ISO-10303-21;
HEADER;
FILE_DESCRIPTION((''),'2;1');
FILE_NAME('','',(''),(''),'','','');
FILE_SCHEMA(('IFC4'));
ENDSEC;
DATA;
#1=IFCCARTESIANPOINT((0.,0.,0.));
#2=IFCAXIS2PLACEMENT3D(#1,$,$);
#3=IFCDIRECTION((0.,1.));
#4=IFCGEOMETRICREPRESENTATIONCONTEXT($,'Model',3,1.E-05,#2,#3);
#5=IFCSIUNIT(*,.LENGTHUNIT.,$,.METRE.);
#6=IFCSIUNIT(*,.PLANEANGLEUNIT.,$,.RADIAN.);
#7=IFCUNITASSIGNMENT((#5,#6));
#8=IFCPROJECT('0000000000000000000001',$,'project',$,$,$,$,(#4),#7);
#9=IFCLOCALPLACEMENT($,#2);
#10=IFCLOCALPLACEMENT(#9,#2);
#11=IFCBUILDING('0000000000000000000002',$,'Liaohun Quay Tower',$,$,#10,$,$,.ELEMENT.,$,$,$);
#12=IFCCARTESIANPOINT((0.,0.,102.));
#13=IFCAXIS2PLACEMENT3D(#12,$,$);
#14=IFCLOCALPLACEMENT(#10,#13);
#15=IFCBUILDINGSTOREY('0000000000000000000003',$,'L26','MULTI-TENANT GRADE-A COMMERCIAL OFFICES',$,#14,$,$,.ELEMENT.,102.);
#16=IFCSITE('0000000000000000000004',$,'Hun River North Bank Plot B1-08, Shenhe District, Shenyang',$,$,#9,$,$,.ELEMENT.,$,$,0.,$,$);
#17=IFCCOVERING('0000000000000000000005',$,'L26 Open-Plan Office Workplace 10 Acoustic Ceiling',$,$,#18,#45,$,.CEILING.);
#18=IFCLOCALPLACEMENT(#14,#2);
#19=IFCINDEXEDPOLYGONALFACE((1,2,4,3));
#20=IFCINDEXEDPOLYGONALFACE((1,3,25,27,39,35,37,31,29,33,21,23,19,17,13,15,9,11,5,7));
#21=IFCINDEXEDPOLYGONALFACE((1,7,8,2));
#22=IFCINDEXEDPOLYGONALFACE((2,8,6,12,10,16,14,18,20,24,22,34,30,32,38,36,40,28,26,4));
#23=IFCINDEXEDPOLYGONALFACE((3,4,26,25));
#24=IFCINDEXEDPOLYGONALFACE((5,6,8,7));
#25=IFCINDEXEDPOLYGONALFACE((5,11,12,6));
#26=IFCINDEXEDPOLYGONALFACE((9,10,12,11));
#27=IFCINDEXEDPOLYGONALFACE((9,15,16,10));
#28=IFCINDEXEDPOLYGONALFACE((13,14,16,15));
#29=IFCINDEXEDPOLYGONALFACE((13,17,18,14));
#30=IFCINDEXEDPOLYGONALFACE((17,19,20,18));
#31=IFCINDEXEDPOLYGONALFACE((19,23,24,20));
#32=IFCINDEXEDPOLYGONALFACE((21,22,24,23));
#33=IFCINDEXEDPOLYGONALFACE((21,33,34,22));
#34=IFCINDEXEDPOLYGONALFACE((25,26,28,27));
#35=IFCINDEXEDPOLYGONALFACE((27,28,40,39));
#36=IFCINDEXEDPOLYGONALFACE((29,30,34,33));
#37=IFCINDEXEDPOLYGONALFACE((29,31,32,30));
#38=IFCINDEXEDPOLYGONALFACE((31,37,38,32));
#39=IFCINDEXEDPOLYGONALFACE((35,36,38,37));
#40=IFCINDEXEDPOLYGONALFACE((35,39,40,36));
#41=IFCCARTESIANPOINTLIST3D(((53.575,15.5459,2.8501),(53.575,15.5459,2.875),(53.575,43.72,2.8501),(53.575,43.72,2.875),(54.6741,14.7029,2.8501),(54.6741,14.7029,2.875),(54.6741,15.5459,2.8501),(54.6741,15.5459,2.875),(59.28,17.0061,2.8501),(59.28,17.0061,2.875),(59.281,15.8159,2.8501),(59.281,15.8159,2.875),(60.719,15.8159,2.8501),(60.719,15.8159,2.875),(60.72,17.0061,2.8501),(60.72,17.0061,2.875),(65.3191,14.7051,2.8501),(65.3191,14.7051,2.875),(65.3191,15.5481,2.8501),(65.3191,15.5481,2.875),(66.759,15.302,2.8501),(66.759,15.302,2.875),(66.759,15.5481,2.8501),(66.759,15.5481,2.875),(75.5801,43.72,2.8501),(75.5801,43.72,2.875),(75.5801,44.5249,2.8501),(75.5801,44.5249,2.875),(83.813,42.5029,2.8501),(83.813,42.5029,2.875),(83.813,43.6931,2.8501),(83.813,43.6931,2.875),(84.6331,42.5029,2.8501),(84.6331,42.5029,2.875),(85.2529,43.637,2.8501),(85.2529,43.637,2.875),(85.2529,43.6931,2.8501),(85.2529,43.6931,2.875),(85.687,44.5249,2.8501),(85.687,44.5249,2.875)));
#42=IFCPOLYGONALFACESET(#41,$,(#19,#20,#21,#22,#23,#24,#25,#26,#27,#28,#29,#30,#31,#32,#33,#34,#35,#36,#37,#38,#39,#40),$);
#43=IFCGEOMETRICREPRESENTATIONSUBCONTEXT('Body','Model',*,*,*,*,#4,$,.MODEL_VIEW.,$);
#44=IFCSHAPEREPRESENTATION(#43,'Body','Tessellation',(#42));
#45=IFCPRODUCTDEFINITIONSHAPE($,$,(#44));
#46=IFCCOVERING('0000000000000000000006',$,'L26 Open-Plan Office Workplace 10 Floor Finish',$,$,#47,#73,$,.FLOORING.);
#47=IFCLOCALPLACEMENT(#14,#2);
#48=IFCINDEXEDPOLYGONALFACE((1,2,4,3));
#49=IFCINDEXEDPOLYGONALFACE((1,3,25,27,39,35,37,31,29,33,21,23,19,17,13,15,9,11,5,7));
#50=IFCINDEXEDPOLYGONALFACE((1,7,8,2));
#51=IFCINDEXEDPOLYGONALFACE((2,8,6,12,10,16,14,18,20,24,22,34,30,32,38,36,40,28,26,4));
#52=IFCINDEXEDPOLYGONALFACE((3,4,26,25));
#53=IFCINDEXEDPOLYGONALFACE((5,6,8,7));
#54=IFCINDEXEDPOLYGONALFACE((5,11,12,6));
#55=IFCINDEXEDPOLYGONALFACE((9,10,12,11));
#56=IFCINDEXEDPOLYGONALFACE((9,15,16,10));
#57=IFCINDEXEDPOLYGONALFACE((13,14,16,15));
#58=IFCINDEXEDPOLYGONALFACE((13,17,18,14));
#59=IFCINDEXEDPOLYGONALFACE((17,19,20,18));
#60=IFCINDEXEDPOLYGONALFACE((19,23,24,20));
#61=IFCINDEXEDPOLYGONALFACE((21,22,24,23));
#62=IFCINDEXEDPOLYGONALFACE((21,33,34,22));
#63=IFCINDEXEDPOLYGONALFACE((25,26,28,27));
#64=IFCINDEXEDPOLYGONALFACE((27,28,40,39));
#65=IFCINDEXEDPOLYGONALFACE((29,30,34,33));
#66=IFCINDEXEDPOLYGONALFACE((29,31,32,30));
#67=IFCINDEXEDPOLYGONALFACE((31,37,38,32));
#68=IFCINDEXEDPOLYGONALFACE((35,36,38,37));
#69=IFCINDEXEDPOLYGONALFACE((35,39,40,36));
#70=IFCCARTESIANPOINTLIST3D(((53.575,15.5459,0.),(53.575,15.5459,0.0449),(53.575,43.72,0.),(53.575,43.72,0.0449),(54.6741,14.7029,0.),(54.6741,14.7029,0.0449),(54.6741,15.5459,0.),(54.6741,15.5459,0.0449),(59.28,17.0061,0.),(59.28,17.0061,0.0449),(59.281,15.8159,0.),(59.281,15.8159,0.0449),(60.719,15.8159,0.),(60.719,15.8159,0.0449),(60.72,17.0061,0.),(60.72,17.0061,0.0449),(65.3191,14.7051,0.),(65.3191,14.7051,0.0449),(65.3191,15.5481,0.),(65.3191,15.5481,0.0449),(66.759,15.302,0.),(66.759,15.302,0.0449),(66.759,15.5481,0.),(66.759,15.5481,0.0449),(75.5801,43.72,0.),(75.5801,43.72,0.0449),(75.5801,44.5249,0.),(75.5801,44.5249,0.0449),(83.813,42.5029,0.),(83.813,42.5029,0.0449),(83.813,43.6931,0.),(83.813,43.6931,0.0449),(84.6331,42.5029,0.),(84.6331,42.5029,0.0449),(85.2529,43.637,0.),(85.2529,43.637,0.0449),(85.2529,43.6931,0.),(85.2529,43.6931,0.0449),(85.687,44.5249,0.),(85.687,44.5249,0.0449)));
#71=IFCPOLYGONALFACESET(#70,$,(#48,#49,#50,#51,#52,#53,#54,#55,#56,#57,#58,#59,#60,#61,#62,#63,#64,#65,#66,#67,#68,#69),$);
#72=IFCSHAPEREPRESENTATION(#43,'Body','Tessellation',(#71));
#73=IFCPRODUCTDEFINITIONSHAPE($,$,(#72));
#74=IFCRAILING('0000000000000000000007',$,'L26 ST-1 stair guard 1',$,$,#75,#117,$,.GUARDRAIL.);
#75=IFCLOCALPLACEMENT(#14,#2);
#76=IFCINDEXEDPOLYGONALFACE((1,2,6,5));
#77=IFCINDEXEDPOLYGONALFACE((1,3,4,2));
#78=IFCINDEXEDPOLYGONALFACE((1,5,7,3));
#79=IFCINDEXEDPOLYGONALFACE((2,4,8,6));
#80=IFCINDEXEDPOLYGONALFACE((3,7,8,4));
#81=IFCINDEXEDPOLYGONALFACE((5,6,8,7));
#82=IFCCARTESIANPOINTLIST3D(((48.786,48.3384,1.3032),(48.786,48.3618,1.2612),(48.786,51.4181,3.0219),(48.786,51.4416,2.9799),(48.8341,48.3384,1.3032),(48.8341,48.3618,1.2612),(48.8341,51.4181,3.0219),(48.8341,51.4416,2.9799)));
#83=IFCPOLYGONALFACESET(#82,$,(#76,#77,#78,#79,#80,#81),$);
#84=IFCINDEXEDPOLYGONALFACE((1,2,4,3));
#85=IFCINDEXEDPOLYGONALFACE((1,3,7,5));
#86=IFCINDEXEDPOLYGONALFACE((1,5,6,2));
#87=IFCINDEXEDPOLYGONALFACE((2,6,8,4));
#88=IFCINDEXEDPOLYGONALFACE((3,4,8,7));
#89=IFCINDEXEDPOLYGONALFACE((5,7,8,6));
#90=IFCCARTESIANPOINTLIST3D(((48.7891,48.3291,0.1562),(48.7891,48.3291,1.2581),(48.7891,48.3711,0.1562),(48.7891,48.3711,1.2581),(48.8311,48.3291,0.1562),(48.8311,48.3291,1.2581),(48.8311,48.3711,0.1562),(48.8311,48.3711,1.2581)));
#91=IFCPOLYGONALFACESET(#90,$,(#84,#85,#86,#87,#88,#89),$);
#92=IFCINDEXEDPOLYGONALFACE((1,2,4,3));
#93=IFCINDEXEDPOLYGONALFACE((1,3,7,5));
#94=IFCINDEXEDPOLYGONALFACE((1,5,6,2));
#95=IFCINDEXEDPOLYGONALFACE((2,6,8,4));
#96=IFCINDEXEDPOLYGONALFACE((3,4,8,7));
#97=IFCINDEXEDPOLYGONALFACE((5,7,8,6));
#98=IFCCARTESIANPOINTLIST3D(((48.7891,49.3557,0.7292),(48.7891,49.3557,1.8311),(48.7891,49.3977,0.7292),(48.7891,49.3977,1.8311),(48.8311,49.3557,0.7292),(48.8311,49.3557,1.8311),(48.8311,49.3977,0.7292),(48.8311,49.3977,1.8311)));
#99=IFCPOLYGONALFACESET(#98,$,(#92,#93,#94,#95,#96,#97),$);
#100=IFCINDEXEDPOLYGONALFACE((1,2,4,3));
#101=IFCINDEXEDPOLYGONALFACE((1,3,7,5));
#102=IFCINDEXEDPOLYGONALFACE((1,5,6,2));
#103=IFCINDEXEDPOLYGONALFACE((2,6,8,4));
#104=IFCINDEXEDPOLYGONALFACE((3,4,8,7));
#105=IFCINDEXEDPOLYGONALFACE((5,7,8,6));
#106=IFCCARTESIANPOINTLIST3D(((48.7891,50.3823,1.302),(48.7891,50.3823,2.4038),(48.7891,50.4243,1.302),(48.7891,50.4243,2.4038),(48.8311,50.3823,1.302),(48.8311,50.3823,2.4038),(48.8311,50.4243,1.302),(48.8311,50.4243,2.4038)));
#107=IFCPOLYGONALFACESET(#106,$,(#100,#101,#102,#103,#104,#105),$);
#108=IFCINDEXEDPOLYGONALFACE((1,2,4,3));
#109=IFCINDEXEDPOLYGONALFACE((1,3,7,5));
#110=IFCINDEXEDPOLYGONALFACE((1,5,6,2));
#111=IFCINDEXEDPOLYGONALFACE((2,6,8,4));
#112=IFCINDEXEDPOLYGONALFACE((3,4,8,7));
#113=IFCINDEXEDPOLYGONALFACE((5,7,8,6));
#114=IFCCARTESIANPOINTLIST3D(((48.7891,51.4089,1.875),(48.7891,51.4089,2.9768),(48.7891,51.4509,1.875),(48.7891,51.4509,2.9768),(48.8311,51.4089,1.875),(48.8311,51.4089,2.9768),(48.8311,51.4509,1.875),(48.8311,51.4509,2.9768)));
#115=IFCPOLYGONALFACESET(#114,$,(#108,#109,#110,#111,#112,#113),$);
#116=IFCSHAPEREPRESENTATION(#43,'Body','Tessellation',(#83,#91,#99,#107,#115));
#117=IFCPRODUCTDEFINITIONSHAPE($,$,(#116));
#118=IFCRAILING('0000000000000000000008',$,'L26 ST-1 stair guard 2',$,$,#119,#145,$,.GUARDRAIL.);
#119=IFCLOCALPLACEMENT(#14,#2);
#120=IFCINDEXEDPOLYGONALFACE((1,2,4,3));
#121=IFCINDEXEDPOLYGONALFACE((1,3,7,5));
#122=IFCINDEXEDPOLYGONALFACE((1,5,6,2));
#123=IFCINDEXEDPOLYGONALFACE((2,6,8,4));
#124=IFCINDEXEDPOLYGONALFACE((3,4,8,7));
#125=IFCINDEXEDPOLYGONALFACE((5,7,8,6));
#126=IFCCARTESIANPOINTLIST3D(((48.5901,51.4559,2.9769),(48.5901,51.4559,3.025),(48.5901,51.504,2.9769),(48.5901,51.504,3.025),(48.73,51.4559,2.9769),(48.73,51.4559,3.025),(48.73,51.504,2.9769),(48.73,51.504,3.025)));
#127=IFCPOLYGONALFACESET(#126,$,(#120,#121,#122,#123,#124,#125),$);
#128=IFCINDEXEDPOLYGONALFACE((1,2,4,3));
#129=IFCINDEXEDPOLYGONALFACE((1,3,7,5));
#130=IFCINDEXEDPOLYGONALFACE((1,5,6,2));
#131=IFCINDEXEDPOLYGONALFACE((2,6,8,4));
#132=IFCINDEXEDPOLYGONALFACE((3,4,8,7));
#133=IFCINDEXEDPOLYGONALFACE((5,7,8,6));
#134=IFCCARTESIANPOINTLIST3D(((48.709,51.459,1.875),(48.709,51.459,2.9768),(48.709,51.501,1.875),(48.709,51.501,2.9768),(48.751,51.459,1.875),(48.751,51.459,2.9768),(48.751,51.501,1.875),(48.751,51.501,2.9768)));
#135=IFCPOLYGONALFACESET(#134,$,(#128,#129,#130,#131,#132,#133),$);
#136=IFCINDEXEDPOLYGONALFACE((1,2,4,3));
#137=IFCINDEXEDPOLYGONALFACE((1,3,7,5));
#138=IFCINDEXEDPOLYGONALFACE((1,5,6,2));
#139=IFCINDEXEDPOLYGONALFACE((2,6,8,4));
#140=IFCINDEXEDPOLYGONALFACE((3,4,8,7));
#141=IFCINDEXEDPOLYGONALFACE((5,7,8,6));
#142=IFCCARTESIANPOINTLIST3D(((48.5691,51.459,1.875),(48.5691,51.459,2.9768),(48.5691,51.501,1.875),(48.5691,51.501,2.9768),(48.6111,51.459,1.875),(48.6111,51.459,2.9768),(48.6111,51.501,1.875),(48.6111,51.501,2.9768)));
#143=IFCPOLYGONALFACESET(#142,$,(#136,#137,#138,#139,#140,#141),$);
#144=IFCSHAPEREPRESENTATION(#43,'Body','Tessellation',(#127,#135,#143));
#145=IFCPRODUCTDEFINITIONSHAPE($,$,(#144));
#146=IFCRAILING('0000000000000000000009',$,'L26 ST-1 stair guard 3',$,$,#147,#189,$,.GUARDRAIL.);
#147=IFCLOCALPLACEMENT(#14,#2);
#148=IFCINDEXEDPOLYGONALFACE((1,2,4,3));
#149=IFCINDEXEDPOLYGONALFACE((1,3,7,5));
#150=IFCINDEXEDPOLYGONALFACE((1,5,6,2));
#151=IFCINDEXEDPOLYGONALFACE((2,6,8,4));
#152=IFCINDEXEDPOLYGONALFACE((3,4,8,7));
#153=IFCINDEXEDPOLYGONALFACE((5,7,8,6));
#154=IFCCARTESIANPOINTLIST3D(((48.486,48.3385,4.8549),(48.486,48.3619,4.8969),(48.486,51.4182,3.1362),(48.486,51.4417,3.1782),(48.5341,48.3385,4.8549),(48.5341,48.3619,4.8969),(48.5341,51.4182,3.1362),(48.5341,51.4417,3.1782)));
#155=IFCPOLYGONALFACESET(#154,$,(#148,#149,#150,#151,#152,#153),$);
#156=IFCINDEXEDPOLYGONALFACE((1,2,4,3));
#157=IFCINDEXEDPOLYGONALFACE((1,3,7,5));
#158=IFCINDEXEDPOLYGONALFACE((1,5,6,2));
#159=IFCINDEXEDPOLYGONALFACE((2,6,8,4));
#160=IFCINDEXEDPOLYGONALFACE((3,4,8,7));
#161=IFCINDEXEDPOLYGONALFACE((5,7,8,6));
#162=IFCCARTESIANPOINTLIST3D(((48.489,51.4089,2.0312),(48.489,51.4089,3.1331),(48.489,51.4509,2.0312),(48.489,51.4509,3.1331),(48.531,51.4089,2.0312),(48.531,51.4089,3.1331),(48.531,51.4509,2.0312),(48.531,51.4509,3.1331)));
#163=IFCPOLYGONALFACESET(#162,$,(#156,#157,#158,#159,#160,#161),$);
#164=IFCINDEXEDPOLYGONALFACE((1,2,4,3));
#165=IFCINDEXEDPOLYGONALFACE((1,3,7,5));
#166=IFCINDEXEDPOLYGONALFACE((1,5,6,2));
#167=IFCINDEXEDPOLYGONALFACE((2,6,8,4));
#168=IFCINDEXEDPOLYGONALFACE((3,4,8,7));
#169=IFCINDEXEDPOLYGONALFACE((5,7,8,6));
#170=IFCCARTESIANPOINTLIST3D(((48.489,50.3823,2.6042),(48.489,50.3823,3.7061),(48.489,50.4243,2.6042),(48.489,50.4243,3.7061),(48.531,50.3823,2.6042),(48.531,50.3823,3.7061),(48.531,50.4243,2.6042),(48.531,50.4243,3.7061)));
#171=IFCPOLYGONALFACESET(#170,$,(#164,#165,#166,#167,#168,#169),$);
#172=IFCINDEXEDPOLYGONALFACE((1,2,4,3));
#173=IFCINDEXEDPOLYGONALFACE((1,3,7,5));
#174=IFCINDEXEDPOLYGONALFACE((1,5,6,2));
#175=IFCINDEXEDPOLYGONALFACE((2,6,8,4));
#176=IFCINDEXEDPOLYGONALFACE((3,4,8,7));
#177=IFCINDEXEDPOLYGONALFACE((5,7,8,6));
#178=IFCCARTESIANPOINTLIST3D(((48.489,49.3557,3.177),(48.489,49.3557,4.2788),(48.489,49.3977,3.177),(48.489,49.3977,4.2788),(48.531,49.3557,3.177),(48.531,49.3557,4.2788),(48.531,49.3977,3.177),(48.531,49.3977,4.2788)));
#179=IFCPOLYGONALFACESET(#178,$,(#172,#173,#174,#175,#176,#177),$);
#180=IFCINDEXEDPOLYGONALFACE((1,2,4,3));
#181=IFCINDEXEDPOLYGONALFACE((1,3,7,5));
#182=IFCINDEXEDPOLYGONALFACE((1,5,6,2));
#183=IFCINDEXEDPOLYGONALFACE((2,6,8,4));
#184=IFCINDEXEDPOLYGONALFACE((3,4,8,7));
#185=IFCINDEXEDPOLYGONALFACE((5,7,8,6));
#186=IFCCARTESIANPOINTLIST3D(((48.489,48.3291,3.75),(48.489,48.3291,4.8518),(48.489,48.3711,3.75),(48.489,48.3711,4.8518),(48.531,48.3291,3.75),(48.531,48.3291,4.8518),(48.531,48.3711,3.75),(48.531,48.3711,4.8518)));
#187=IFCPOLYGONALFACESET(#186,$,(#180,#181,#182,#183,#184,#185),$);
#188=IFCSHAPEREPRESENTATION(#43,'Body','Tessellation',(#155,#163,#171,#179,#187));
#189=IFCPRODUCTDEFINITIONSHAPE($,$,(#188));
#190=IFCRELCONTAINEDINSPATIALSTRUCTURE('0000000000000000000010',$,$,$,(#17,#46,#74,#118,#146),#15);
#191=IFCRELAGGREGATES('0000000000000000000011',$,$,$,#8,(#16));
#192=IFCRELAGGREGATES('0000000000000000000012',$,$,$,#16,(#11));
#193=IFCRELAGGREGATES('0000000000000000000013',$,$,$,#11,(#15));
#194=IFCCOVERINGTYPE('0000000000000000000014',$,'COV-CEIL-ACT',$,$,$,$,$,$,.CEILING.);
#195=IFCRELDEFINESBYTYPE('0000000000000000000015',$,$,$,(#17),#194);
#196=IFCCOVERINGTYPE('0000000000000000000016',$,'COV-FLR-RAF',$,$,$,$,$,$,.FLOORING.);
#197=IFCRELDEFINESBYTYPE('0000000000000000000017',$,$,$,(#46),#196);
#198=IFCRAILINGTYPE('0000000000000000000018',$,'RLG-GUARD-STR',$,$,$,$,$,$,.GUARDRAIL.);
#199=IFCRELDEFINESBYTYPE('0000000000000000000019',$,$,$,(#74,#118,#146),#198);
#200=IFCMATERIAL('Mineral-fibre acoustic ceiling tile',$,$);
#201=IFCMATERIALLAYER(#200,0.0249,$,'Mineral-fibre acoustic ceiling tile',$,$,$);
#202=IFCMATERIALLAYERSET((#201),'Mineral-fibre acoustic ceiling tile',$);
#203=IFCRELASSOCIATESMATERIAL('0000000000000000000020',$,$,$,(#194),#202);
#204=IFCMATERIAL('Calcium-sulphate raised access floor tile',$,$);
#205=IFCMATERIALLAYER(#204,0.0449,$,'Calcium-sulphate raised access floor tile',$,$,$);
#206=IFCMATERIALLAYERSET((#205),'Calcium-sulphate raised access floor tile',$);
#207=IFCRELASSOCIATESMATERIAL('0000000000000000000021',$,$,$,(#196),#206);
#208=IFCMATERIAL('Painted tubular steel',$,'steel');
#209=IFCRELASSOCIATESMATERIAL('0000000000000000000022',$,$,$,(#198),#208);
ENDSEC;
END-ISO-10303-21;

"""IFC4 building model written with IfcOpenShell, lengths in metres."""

from ifc_helpers import new_model, si_unit, direction, frame, origin, origin_2d, place, context, subcontext, project, spatial, polyline, rectangle, outline, extrude, material, layer, layer_set, type_object, element, save


model = new_model("IFC4")

# Units and contexts
model_context = context("Model", 3, precision=1e-05, world=origin(), true_north=direction((0.0, 1.0)))
body_context = subcontext(model_context, "Body", "Model", "MODEL_VIEW")
ifc_project = project(units=[si_unit("LENGTHUNIT", "METRE"), si_unit("PLANEANGLEUNIT", "RADIAN")], contexts=[model_context])

# Site, building, storey
site_placement = place(None, origin())
site = spatial("IfcSite", under=ifc_project, at=site_placement, Name="Hun River North Bank Plot B1-08, Shenhe District, Shenyang", CompositionType="ELEMENT", RefElevation=0.0)
building_placement = place(site_placement, origin())
building = spatial("IfcBuilding", under=site, at=building_placement, Name="Liaohun Quay Tower", CompositionType="ELEMENT")
storey_placement = place(building_placement, frame((0.0, 0.0, 102.0)))
storey = spatial("IfcBuildingStorey", under=building, at=storey_placement, Name="L26", Description="MULTI-TENANT GRADE-A COMMERCIAL OFFICES", CompositionType="ELEMENT", Elevation=102.0)

# Coverings
ifc_material_1 = material(Name="Mineral-fibre acoustic ceiling tile")
ifc_layer_1 = layer(ifc_material_1, 0.0249, Name="Mineral-fibre acoustic ceiling tile")
ifc_layer_set_1 = layer_set([ifc_layer_1], Name="Mineral-fibre acoustic ceiling tile")
covering_type_1 = type_object("IfcCoveringType", Name="COV-CEIL-ACT", PredefinedType="CEILING", material=ifc_layer_set_1)
covering_1_placement = place(storey_placement, frame((0.0, 0.0, 2.8501)))
element("IfcCovering", 1, at=covering_1_placement, inside=storey, type_object=covering_type_1, Name="L26 Open-Plan Office Workplace 10 Acoustic Ceiling", PredefinedType="CEILING", context=body_context, shape_type="SweptSolid", body=[
    extrude(outline(polyline([(75.5801, 43.72), (53.575, 43.72), (53.575, 15.5459), (54.6741, 15.5459), (54.6741, 14.7029), (59.281, 15.8159), (59.28, 17.0061), (60.72, 17.0061), (60.719, 15.8159), (65.3191, 14.7051), (65.3191, 15.5481), (66.759, 15.5481), (66.759, 15.302), (84.6331, 42.5029), (83.813, 42.5029), (83.813, 43.6931), (85.2529, 43.6931), (85.2529, 43.637), (85.687, 44.5249), (75.5801, 44.5249), (75.5801, 43.72)])), origin(), (0.0, 0.0, 1.0), 0.0249),
])
ifc_material_2 = material(Name="Calcium-sulphate raised access floor tile")
ifc_layer_2 = layer(ifc_material_2, 0.0449, Name="Calcium-sulphate raised access floor tile")
ifc_layer_set_2 = layer_set([ifc_layer_2], Name="Calcium-sulphate raised access floor tile")
covering_type_2 = type_object("IfcCoveringType", Name="COV-FLR-RAF", PredefinedType="FLOORING", material=ifc_layer_set_2)
covering_2_placement = place(storey_placement, origin())
element("IfcCovering", 2, at=covering_2_placement, inside=storey, type_object=covering_type_2, Name="L26 Open-Plan Office Workplace 10 Floor Finish", PredefinedType="FLOORING", context=body_context, shape_type="SweptSolid", body=[
    extrude(outline(polyline([(75.5801, 43.72), (53.575, 43.72), (53.575, 15.5459), (54.6741, 15.5459), (54.6741, 14.7029), (59.281, 15.8159), (59.28, 17.0061), (60.72, 17.0061), (60.719, 15.8159), (65.3191, 14.7051), (65.3191, 15.5481), (66.759, 15.5481), (66.759, 15.302), (84.6331, 42.5029), (83.813, 42.5029), (83.813, 43.6931), (85.2529, 43.6931), (85.2529, 43.637), (85.687, 44.5249), (75.5801, 44.5249), (75.5801, 43.72)])), origin(), (0.0, 0.0, 1.0), 0.0449),
])

# Railings
ifc_material_3 = material(Name="Painted tubular steel", Category="steel")
railing_type_1 = type_object("IfcRailingType", Name="RLG-GUARD-STR", PredefinedType="GUARDRAIL", material=ifc_material_3)
railing_1_placement = place(storey_placement, frame((48.8101, 48.3501, 0.1562)))
element("IfcRailing", 3, at=railing_1_placement, inside=storey, type_object=railing_type_1, Name="L26 ST-1 stair guard 1", PredefinedType="GUARDRAIL", context=body_context, shape_type="SweptSolid", body=[
    extrude(rectangle(XDim=0.0481, YDim=0.0481, at=origin_2d()), frame((0.0, 0.0, 1.126), z_axis=(0.0, 0.873225, 0.487317), x_axis=(-1.0, 0.0, 0.0)), (0.0, 0.0, 1.0), 3.5269),
    extrude(rectangle(XDim=0.042, YDim=0.042, at=origin_2d()), origin(), (0.0, 0.0, 1.0), 1.1018),
    extrude(rectangle(XDim=0.042, YDim=0.042, at=origin_2d()), frame((0.0, 1.0266, 0.573)), (0.0, 0.0, 1.0), 1.1018),
    extrude(rectangle(XDim=0.042, YDim=0.042, at=origin_2d()), frame((0.0, 2.0532, 1.1458)), (0.0, 0.0, 1.0), 1.1018),
    extrude(rectangle(XDim=0.042, YDim=0.042, at=origin_2d()), frame((0.0, 3.0798, 1.7188)), (0.0, 0.0, 1.0), 1.1018),
])
railing_2_placement = place(storey_placement, frame((48.73, 51.48, 1.875)))
element("IfcRailing", 4, at=railing_2_placement, inside=storey, type_object=railing_type_1, Name="L26 ST-1 stair guard 2", PredefinedType="GUARDRAIL", context=body_context, shape_type="SweptSolid", body=[
    extrude(rectangle(XDim=0.0481, YDim=0.0481, at=origin_2d()), frame((0.0, 0.0, 1.126), z_axis=(-1.0, 0.0, 0.0), x_axis=(0.0, -1.0, 0.0)), (0.0, 0.0, 1.0), 0.1399),
    extrude(rectangle(XDim=0.042, YDim=0.042, at=origin_2d()), origin(), (0.0, 0.0, 1.0), 1.1018),
    extrude(rectangle(XDim=0.042, YDim=0.042, at=origin_2d()), frame((-0.1399, 0.0, 0.0)), (0.0, 0.0, 1.0), 1.1018),
])
railing_3_placement = place(storey_placement, frame((48.51, 51.4299, 2.0312)))
element("IfcRailing", 5, at=railing_3_placement, inside=storey, type_object=railing_type_1, Name="L26 ST-1 stair guard 3", PredefinedType="GUARDRAIL", context=body_context, shape_type="SweptSolid", body=[
    extrude(rectangle(XDim=0.0481, YDim=0.0481, at=origin_2d()), frame((0.0, 0.0, 1.126), z_axis=(0.0, -0.873225, 0.487317), x_axis=(1.0, 0.0, 0.0)), (0.0, 0.0, 1.0), 3.5269),
    extrude(rectangle(XDim=0.042, YDim=0.042, at=origin_2d()), origin(), (0.0, 0.0, 1.0), 1.1018),
    extrude(rectangle(XDim=0.042, YDim=0.042, at=origin_2d()), frame((0.0, -1.0266, 0.573)), (0.0, 0.0, 1.0), 1.1018),
    extrude(rectangle(XDim=0.042, YDim=0.042, at=origin_2d()), frame((0.0, -2.0532, 1.1458)), (0.0, 0.0, 1.0), 1.1018),
    extrude(rectangle(XDim=0.042, YDim=0.042, at=origin_2d()), frame((0.0, -3.0798, 1.7188)), (0.0, 0.0, 1.0), 1.1018),
])

save(model, "model.ifc")
